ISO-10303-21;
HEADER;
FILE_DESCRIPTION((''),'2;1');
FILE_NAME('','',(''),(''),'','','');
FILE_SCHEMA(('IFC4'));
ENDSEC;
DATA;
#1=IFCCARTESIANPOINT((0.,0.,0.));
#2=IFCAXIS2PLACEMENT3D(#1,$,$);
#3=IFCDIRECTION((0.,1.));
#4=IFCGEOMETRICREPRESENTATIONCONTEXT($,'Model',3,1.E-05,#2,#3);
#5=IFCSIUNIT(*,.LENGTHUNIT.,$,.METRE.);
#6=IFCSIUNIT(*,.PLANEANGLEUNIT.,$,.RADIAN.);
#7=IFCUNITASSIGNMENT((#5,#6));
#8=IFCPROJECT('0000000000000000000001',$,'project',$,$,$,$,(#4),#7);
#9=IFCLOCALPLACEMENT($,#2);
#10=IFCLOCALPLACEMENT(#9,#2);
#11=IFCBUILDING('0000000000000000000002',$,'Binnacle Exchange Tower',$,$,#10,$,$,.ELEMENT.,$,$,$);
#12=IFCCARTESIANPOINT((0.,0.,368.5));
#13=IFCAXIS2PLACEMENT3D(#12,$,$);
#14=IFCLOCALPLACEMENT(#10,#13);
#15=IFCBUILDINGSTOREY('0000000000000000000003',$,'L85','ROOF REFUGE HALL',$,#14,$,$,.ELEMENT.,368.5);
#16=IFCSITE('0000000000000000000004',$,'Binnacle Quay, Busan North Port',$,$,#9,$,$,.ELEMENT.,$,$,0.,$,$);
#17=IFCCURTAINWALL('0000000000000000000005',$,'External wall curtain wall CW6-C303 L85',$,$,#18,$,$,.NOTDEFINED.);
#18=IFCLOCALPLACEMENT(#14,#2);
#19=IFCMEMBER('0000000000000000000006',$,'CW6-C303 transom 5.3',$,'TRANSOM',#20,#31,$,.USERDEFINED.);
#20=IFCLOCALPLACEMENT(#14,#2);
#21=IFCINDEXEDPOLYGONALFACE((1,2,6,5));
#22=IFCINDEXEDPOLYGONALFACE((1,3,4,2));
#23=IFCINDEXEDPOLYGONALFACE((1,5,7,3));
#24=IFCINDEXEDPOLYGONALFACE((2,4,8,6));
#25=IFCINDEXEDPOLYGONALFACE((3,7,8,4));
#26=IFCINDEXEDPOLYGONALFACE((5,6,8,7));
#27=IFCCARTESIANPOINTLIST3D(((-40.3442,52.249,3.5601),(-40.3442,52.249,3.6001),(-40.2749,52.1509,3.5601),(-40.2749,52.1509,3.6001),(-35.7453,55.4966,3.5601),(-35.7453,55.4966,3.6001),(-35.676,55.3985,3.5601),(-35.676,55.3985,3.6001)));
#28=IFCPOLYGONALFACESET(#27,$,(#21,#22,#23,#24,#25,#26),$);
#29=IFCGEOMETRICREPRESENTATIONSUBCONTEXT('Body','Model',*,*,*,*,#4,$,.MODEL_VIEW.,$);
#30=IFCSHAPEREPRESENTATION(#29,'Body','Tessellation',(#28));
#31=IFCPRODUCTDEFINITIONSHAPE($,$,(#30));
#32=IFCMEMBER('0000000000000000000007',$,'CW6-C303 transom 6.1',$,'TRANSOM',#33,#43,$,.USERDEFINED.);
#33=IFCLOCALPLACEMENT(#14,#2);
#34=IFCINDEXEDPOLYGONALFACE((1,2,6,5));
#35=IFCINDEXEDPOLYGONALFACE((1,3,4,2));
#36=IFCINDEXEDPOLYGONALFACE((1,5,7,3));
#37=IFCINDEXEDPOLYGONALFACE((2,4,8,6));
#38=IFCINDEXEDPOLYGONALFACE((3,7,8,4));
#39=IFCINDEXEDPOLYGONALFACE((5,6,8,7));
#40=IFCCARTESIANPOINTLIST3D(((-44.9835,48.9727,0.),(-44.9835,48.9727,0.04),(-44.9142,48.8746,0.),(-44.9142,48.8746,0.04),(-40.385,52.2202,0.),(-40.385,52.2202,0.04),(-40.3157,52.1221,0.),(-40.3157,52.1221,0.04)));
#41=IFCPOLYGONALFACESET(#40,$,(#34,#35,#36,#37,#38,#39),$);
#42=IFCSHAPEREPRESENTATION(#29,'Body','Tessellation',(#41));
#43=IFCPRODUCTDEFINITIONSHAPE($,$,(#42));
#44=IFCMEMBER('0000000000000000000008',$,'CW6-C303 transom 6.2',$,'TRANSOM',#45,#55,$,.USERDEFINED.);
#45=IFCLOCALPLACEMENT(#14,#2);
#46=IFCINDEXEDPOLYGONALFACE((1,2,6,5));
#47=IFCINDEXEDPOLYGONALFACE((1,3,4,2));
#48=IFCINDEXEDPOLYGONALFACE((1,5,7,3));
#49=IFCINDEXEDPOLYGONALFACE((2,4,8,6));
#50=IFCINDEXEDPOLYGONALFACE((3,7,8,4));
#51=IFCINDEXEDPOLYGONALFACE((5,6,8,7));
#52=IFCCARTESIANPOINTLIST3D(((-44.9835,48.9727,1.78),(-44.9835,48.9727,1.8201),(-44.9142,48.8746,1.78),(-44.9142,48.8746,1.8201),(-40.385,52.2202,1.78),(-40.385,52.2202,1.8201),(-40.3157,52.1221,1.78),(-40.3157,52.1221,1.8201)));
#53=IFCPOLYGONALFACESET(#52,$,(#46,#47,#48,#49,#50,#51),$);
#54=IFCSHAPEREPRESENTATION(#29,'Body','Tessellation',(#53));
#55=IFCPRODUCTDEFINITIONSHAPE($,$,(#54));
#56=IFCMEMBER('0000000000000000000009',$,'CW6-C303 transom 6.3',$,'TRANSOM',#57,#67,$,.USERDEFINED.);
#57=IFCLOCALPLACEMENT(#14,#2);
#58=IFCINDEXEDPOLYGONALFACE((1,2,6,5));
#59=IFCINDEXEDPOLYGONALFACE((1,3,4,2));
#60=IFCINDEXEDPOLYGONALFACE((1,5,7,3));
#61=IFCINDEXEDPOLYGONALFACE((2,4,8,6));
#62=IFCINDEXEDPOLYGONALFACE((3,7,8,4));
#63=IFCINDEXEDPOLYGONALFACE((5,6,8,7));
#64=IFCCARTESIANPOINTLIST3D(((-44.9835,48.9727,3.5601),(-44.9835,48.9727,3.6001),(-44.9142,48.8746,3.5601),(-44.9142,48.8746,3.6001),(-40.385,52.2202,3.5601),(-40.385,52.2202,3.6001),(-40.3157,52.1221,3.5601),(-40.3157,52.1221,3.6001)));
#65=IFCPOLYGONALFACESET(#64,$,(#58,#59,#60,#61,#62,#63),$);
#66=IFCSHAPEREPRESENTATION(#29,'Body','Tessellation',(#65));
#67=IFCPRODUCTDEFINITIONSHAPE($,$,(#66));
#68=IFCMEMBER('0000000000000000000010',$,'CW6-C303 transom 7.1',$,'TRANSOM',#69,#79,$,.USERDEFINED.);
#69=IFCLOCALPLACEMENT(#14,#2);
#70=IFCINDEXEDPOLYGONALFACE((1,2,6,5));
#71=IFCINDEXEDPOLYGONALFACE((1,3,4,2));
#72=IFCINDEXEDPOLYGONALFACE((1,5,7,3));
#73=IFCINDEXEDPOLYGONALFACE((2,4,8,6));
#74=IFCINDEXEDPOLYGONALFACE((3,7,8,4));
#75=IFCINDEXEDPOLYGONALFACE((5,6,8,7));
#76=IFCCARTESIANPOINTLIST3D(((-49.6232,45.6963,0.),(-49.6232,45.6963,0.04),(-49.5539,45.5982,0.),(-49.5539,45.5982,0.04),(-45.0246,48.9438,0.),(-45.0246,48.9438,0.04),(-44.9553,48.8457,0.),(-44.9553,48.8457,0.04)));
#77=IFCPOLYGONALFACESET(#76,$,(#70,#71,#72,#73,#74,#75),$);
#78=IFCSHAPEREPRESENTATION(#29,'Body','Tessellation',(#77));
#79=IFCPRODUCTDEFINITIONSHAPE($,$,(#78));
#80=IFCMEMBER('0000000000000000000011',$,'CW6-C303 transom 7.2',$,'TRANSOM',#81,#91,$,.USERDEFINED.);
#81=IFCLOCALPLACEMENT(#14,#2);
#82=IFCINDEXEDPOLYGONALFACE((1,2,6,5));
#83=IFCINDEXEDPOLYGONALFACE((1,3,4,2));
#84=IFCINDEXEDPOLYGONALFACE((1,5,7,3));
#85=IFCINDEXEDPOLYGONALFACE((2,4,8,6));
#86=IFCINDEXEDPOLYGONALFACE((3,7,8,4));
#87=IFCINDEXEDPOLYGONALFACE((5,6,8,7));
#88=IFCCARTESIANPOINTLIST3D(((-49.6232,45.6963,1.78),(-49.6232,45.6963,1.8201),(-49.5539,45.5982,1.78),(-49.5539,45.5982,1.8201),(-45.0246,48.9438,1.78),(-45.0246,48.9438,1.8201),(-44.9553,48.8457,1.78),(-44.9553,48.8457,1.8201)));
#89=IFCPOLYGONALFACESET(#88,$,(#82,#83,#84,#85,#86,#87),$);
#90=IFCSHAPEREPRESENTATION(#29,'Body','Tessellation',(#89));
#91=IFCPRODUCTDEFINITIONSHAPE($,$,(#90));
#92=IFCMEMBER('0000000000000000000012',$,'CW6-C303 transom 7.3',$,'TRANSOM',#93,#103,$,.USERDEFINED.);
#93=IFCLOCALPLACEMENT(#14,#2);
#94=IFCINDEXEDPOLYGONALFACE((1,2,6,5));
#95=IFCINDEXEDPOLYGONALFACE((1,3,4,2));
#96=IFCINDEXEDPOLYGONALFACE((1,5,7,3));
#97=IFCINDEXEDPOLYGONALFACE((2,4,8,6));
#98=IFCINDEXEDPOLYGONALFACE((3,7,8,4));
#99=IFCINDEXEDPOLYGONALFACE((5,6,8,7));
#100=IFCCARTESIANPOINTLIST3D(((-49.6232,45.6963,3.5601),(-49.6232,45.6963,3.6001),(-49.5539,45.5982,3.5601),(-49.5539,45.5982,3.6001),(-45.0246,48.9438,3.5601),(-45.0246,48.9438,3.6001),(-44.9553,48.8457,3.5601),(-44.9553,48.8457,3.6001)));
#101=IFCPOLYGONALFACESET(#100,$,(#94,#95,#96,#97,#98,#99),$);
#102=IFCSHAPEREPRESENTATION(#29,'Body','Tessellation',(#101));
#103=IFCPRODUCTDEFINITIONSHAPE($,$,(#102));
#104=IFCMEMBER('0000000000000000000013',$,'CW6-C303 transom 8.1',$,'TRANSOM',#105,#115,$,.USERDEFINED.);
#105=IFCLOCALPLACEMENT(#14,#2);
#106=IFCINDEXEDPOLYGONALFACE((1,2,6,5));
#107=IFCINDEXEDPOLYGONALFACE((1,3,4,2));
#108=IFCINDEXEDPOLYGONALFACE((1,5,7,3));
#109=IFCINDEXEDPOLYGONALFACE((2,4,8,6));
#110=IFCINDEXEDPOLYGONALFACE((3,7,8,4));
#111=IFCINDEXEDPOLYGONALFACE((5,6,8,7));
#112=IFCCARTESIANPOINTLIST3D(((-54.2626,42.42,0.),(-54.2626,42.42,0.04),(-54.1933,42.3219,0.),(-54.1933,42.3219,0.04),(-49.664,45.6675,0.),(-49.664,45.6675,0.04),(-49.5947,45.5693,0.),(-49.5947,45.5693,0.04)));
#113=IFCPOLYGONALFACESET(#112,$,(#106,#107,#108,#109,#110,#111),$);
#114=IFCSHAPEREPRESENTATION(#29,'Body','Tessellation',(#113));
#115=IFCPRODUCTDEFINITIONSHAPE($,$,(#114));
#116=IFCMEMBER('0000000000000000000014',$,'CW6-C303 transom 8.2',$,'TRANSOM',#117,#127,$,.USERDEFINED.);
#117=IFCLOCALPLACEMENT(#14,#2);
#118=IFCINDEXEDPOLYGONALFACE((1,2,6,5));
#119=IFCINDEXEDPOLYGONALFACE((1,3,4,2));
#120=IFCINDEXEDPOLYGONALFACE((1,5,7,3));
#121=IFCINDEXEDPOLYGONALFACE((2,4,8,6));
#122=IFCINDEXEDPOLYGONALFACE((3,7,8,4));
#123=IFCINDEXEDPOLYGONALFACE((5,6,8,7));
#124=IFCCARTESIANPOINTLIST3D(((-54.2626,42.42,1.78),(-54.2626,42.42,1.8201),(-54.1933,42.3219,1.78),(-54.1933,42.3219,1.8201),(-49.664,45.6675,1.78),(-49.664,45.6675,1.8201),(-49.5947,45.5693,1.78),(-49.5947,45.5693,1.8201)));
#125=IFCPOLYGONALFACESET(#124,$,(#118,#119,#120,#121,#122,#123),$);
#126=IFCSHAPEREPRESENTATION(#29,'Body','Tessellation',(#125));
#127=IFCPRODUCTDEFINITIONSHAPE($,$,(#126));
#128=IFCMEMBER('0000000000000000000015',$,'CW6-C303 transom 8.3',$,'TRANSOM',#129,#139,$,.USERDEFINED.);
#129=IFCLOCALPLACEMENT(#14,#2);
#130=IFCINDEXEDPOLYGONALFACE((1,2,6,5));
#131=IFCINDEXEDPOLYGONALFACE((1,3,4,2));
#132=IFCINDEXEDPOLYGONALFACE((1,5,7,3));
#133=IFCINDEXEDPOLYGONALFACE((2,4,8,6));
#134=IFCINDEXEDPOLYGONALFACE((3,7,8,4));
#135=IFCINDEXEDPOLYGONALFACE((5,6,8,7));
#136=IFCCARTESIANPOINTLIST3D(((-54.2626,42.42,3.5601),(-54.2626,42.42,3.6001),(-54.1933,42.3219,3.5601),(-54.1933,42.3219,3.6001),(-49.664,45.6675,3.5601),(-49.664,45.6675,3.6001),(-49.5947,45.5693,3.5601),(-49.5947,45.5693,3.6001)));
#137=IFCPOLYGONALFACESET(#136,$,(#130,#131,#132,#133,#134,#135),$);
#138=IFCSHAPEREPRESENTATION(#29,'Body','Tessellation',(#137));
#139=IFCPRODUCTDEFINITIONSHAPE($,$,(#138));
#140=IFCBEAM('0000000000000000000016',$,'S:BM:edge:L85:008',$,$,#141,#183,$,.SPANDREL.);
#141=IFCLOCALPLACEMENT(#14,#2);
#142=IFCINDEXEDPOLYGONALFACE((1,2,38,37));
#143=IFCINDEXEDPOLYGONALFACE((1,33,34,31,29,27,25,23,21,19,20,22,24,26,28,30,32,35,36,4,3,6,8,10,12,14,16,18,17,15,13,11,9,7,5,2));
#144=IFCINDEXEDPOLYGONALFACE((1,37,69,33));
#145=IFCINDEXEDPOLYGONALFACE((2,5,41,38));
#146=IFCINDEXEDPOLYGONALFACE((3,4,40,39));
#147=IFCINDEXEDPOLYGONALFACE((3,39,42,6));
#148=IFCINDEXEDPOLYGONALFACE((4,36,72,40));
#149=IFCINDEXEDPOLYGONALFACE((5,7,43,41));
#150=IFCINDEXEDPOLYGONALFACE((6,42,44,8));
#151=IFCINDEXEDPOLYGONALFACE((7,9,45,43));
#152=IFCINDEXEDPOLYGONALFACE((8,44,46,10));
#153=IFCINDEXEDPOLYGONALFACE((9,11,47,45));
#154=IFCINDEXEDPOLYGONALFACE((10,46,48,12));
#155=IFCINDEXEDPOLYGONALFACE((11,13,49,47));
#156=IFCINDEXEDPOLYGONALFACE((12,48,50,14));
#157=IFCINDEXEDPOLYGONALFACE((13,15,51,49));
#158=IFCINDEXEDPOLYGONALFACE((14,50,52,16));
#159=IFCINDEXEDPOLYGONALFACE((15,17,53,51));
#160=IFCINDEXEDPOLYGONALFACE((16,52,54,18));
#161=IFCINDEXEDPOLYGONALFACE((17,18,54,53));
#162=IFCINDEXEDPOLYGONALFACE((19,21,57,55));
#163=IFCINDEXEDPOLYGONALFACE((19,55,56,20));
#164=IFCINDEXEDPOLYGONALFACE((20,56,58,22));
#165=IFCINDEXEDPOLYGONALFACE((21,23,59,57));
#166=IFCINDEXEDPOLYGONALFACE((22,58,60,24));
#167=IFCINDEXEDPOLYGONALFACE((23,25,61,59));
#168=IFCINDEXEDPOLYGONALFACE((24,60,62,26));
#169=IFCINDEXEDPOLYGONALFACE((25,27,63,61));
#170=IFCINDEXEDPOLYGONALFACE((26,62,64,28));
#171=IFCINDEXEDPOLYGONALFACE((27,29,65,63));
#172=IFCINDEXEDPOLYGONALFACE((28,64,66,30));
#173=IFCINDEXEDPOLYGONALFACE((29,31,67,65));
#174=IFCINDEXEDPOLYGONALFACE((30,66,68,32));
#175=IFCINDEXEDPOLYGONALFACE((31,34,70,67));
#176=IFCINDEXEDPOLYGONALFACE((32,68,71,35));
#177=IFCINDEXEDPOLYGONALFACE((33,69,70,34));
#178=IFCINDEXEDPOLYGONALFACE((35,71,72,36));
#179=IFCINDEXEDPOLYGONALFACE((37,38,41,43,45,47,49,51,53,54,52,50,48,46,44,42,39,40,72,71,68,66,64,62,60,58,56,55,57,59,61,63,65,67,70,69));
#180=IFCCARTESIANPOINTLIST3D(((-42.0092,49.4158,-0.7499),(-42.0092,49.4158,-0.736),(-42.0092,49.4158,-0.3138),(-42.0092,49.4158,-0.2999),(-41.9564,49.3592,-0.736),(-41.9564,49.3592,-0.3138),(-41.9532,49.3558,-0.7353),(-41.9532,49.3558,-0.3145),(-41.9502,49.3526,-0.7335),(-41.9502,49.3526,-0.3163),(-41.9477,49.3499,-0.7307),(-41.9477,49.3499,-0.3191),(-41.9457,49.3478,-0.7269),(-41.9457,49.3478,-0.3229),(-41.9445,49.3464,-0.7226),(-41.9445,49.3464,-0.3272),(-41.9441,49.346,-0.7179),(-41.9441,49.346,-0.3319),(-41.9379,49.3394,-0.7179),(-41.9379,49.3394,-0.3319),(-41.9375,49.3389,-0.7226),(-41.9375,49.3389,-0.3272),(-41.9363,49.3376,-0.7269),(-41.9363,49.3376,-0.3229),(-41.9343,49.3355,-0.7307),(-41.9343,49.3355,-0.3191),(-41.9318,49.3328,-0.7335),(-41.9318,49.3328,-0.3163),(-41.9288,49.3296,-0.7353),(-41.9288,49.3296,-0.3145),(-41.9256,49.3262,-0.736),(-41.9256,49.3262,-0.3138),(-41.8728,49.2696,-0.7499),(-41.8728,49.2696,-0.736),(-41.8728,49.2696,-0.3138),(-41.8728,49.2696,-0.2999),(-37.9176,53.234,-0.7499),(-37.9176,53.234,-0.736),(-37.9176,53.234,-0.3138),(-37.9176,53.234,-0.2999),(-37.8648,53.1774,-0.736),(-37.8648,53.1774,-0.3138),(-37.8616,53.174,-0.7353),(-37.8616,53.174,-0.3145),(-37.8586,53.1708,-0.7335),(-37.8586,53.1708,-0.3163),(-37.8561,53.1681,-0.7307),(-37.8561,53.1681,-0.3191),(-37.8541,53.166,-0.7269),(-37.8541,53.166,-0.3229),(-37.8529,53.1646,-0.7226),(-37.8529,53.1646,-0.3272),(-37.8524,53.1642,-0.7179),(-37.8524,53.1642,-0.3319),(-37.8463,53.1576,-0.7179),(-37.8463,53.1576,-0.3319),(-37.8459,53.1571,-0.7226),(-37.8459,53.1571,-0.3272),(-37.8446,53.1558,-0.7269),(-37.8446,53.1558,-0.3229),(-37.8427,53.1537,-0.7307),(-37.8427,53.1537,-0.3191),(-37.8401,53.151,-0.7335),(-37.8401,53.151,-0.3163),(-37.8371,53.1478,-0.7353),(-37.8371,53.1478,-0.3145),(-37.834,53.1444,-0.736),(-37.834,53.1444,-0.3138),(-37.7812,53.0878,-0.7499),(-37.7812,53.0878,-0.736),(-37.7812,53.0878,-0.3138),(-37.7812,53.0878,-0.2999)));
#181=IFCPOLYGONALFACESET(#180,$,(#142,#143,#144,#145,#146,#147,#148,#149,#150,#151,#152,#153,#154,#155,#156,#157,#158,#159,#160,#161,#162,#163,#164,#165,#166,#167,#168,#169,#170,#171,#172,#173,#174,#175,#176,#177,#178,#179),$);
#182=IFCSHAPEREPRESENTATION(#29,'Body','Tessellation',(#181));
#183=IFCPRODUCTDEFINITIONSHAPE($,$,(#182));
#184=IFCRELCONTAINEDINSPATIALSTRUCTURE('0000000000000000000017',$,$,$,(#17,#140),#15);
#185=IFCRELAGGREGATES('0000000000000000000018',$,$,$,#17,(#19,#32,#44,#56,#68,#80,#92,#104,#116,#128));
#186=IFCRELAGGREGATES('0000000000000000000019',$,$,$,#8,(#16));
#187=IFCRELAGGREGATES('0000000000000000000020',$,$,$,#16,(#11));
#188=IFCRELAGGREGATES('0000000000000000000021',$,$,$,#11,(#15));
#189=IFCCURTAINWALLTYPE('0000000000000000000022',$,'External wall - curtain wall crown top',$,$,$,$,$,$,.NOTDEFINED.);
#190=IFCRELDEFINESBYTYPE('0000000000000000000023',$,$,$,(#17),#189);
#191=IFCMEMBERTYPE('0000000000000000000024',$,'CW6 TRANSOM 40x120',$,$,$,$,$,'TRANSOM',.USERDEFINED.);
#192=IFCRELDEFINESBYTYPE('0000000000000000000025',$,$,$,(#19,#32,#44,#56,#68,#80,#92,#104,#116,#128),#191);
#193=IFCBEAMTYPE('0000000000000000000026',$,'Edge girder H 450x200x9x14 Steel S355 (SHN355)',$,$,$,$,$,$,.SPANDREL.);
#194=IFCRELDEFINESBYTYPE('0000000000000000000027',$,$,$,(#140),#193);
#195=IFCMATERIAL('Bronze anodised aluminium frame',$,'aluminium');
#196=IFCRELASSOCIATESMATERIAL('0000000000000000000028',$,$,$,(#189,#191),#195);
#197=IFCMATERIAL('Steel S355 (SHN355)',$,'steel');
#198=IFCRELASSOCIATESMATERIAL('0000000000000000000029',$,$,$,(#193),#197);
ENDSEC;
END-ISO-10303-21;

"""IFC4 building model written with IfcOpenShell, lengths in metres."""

from ifc_helpers import new_model, si_unit, direction, frame, origin, origin_2d, place, context, subcontext, project, spatial, rectangle, i_section, extrude, material, material_profile, profile_set, type_object, element, aggregate, save


model = new_model("IFC4")

# Units and contexts
model_context = context("Model", 3, precision=1e-05, world=origin(), true_north=direction((0.0, 1.0)))
body_context = subcontext(model_context, "Body", "Model", "MODEL_VIEW")
ifc_project = project(units=[si_unit("LENGTHUNIT", "METRE"), si_unit("PLANEANGLEUNIT", "RADIAN")], contexts=[model_context])

# Site, building, storey
site_placement = place(None, origin())
site = spatial("IfcSite", under=ifc_project, at=site_placement, Name="Binnacle Quay, Busan North Port", CompositionType="ELEMENT", RefElevation=0.0)
building_placement = place(site_placement, origin())
building = spatial("IfcBuilding", under=site, at=building_placement, Name="Binnacle Exchange Tower", CompositionType="ELEMENT")
storey_placement = place(building_placement, frame((0.0, 0.0, 368.5)))
storey = spatial("IfcBuildingStorey", under=building, at=storey_placement, Name="L85", Description="ROOF REFUGE HALL", CompositionType="ELEMENT", Elevation=368.5)

# Shared definitions
ifc_material_1 = material(Name="Steel S355 (SHN355)", Category="steel")

# Curtain wall, members
ifc_material_2 = material(Name="Bronze anodised aluminium frame", Category="aluminium")
curtain_wall_type = type_object("IfcCurtainWallType", Name="External wall - curtain wall crown top", PredefinedType="NOTDEFINED", material=ifc_material_2)
curtain_wall_placement = place(storey_placement, origin())
curtain_wall = element("IfcCurtainWall", 1, at=curtain_wall_placement, inside=storey, type_object=curtain_wall_type, Name="External wall curtain wall CW6-C303 L85", PredefinedType="NOTDEFINED")
ifc_material_profile_1 = material_profile(ifc_material_2, rectangle(XDim=0.1201, YDim=0.04, at=origin_2d()), Name="AL 120x40")
ifc_profile_set_1 = profile_set([ifc_material_profile_1], Name="Bronze anodised aluminium frame")
member_type_1 = type_object("IfcMemberType", Name="CW6 TRANSOM 40x120", ElementType="TRANSOM", PredefinedType="USERDEFINED", material=ifc_profile_set_1)
member_1_placement = place(storey_placement, frame((-35.7107, 55.4475, 3.5801), z_axis=(-0.81686, -0.576836, 0.0), x_axis=(0.576836, -0.81686, 0.0)))
member_1 = element("IfcMember", 2, at=member_1_placement, type_object=member_type_1, Name="CW6-C303 transom 5.3", ObjectType="TRANSOM", PredefinedType="USERDEFINED", context=body_context, shape_type="SweptSolid", body=[
    extrude(rectangle(XDim=0.1201, YDim=0.04, at=origin_2d()), origin(), (0.0, 0.0, 1.0), 5.6299),
])
member_2_placement = place(storey_placement, frame((-40.3503, 52.1711, 0.02), z_axis=(-0.816845, -0.576857, 0.0), x_axis=(0.576857, -0.816845, 0.0)))
member_2 = element("IfcMember", 3, at=member_2_placement, type_object=member_type_1, Name="CW6-C303 transom 6.1", ObjectType="TRANSOM", PredefinedType="USERDEFINED", context=body_context, shape_type="SweptSolid", body=[
    extrude(rectangle(XDim=0.1201, YDim=0.04, at=origin_2d()), origin(), (0.0, 0.0, 1.0), 5.6296),
])
member_3_placement = place(storey_placement, frame((-40.3503, 52.1711, 1.8), z_axis=(-0.816845, -0.576857, 0.0), x_axis=(0.576857, -0.816845, 0.0)))
member_3 = element("IfcMember", 4, at=member_3_placement, type_object=member_type_1, Name="CW6-C303 transom 6.2", ObjectType="TRANSOM", PredefinedType="USERDEFINED", context=body_context, shape_type="SweptSolid", body=[
    extrude(rectangle(XDim=0.1201, YDim=0.04, at=origin_2d()), origin(), (0.0, 0.0, 1.0), 5.6296),
])
member_4_placement = place(storey_placement, frame((-40.3503, 52.1711, 3.5801), z_axis=(-0.816845, -0.576857, 0.0), x_axis=(0.576857, -0.816845, 0.0)))
member_4 = element("IfcMember", 5, at=member_4_placement, type_object=member_type_1, Name="CW6-C303 transom 6.3", ObjectType="TRANSOM", PredefinedType="USERDEFINED", context=body_context, shape_type="SweptSolid", body=[
    extrude(rectangle(XDim=0.1201, YDim=0.04, at=origin_2d()), origin(), (0.0, 0.0, 1.0), 5.6296),
])
member_5_placement = place(storey_placement, frame((-44.99, 48.8948, 0.02), z_axis=(-0.816845, -0.576857, 0.0), x_axis=(0.576857, -0.816845, 0.0)))
member_5 = element("IfcMember", 6, at=member_5_placement, type_object=member_type_1, Name="CW6-C303 transom 7.1", ObjectType="TRANSOM", PredefinedType="USERDEFINED", context=body_context, shape_type="SweptSolid", body=[
    extrude(rectangle(XDim=0.1201, YDim=0.04, at=origin_2d()), origin(), (0.0, 0.0, 1.0), 5.6296),
])
member_6_placement = place(storey_placement, frame((-44.99, 48.8948, 1.8), z_axis=(-0.816845, -0.576857, 0.0), x_axis=(0.576857, -0.816845, 0.0)))
member_6 = element("IfcMember", 7, at=member_6_placement, type_object=member_type_1, Name="CW6-C303 transom 7.2", ObjectType="TRANSOM", PredefinedType="USERDEFINED", context=body_context, shape_type="SweptSolid", body=[
    extrude(rectangle(XDim=0.1201, YDim=0.04, at=origin_2d()), origin(), (0.0, 0.0, 1.0), 5.6296),
])
member_7_placement = place(storey_placement, frame((-44.99, 48.8948, 3.5801), z_axis=(-0.816845, -0.576857, 0.0), x_axis=(0.576857, -0.816845, 0.0)))
member_7 = element("IfcMember", 8, at=member_7_placement, type_object=member_type_1, Name="CW6-C303 transom 7.3", ObjectType="TRANSOM", PredefinedType="USERDEFINED", context=body_context, shape_type="SweptSolid", body=[
    extrude(rectangle(XDim=0.1201, YDim=0.04, at=origin_2d()), origin(), (0.0, 0.0, 1.0), 5.6296),
])
member_8_placement = place(storey_placement, frame((-49.6294, 45.6184, 0.02), z_axis=(-0.816845, -0.576857, 0.0), x_axis=(0.576857, -0.816845, 0.0)))
member_8 = element("IfcMember", 9, at=member_8_placement, type_object=member_type_1, Name="CW6-C303 transom 8.1", ObjectType="TRANSOM", PredefinedType="USERDEFINED", context=body_context, shape_type="SweptSolid", body=[
    extrude(rectangle(XDim=0.1201, YDim=0.04, at=origin_2d()), origin(), (0.0, 0.0, 1.0), 5.6296),
])
member_9_placement = place(storey_placement, frame((-49.6294, 45.6184, 1.8), z_axis=(-0.816845, -0.576857, 0.0), x_axis=(0.576857, -0.816845, 0.0)))
member_9 = element("IfcMember", 10, at=member_9_placement, type_object=member_type_1, Name="CW6-C303 transom 8.2", ObjectType="TRANSOM", PredefinedType="USERDEFINED", context=body_context, shape_type="SweptSolid", body=[
    extrude(rectangle(XDim=0.1201, YDim=0.04, at=origin_2d()), origin(), (0.0, 0.0, 1.0), 5.6296),
])
member_10_placement = place(storey_placement, frame((-49.6294, 45.6184, 3.5801), z_axis=(-0.816845, -0.576857, 0.0), x_axis=(0.576857, -0.816845, 0.0)))
member_10 = element("IfcMember", 11, at=member_10_placement, type_object=member_type_1, Name="CW6-C303 transom 8.3", ObjectType="TRANSOM", PredefinedType="USERDEFINED", context=body_context, shape_type="SweptSolid", body=[
    extrude(rectangle(XDim=0.1201, YDim=0.04, at=origin_2d()), origin(), (0.0, 0.0, 1.0), 5.6296),
])

# Beam
ifc_material_profile_2 = material_profile(ifc_material_1, i_section(OverallWidth=0.2, OverallDepth=0.45, WebThickness=0.009, FlangeThickness=0.0139, FilletRadius=0.0181, at=origin_2d()), Name="H 450x200x9x14")
ifc_profile_set_2 = profile_set([ifc_material_profile_2], Name="Steel S355 (SHN355)")
beam_type_1 = type_object("IfcBeamType", Name="Edge girder H 450x200x9x14 Steel S355 (SHN355)", PredefinedType="SPANDREL", material=ifc_profile_set_2)
beam_1_placement = place(storey_placement, frame((-37.8494, 53.1609, -0.5249), z_axis=(-0.731115, -0.682255, 0.0), x_axis=(0.682255, -0.731115, 0.0)))
element("IfcBeam", 12, at=beam_1_placement, inside=storey, type_object=beam_type_1, Name="S:BM:edge:L85:008", PredefinedType="SPANDREL", context=body_context, shape_type="SweptSolid", body=[
    extrude(i_section(OverallWidth=0.2, OverallDepth=0.45, WebThickness=0.009, FlangeThickness=0.0139, FilletRadius=0.0181, at=origin_2d()), origin(), (0.0, 0.0, 1.0), 5.5964),
])

aggregate(curtain_wall, [member_1, member_2, member_3, member_4, member_5, member_6, member_7, member_8, member_9, member_10])

save(model, "model.ifc")
